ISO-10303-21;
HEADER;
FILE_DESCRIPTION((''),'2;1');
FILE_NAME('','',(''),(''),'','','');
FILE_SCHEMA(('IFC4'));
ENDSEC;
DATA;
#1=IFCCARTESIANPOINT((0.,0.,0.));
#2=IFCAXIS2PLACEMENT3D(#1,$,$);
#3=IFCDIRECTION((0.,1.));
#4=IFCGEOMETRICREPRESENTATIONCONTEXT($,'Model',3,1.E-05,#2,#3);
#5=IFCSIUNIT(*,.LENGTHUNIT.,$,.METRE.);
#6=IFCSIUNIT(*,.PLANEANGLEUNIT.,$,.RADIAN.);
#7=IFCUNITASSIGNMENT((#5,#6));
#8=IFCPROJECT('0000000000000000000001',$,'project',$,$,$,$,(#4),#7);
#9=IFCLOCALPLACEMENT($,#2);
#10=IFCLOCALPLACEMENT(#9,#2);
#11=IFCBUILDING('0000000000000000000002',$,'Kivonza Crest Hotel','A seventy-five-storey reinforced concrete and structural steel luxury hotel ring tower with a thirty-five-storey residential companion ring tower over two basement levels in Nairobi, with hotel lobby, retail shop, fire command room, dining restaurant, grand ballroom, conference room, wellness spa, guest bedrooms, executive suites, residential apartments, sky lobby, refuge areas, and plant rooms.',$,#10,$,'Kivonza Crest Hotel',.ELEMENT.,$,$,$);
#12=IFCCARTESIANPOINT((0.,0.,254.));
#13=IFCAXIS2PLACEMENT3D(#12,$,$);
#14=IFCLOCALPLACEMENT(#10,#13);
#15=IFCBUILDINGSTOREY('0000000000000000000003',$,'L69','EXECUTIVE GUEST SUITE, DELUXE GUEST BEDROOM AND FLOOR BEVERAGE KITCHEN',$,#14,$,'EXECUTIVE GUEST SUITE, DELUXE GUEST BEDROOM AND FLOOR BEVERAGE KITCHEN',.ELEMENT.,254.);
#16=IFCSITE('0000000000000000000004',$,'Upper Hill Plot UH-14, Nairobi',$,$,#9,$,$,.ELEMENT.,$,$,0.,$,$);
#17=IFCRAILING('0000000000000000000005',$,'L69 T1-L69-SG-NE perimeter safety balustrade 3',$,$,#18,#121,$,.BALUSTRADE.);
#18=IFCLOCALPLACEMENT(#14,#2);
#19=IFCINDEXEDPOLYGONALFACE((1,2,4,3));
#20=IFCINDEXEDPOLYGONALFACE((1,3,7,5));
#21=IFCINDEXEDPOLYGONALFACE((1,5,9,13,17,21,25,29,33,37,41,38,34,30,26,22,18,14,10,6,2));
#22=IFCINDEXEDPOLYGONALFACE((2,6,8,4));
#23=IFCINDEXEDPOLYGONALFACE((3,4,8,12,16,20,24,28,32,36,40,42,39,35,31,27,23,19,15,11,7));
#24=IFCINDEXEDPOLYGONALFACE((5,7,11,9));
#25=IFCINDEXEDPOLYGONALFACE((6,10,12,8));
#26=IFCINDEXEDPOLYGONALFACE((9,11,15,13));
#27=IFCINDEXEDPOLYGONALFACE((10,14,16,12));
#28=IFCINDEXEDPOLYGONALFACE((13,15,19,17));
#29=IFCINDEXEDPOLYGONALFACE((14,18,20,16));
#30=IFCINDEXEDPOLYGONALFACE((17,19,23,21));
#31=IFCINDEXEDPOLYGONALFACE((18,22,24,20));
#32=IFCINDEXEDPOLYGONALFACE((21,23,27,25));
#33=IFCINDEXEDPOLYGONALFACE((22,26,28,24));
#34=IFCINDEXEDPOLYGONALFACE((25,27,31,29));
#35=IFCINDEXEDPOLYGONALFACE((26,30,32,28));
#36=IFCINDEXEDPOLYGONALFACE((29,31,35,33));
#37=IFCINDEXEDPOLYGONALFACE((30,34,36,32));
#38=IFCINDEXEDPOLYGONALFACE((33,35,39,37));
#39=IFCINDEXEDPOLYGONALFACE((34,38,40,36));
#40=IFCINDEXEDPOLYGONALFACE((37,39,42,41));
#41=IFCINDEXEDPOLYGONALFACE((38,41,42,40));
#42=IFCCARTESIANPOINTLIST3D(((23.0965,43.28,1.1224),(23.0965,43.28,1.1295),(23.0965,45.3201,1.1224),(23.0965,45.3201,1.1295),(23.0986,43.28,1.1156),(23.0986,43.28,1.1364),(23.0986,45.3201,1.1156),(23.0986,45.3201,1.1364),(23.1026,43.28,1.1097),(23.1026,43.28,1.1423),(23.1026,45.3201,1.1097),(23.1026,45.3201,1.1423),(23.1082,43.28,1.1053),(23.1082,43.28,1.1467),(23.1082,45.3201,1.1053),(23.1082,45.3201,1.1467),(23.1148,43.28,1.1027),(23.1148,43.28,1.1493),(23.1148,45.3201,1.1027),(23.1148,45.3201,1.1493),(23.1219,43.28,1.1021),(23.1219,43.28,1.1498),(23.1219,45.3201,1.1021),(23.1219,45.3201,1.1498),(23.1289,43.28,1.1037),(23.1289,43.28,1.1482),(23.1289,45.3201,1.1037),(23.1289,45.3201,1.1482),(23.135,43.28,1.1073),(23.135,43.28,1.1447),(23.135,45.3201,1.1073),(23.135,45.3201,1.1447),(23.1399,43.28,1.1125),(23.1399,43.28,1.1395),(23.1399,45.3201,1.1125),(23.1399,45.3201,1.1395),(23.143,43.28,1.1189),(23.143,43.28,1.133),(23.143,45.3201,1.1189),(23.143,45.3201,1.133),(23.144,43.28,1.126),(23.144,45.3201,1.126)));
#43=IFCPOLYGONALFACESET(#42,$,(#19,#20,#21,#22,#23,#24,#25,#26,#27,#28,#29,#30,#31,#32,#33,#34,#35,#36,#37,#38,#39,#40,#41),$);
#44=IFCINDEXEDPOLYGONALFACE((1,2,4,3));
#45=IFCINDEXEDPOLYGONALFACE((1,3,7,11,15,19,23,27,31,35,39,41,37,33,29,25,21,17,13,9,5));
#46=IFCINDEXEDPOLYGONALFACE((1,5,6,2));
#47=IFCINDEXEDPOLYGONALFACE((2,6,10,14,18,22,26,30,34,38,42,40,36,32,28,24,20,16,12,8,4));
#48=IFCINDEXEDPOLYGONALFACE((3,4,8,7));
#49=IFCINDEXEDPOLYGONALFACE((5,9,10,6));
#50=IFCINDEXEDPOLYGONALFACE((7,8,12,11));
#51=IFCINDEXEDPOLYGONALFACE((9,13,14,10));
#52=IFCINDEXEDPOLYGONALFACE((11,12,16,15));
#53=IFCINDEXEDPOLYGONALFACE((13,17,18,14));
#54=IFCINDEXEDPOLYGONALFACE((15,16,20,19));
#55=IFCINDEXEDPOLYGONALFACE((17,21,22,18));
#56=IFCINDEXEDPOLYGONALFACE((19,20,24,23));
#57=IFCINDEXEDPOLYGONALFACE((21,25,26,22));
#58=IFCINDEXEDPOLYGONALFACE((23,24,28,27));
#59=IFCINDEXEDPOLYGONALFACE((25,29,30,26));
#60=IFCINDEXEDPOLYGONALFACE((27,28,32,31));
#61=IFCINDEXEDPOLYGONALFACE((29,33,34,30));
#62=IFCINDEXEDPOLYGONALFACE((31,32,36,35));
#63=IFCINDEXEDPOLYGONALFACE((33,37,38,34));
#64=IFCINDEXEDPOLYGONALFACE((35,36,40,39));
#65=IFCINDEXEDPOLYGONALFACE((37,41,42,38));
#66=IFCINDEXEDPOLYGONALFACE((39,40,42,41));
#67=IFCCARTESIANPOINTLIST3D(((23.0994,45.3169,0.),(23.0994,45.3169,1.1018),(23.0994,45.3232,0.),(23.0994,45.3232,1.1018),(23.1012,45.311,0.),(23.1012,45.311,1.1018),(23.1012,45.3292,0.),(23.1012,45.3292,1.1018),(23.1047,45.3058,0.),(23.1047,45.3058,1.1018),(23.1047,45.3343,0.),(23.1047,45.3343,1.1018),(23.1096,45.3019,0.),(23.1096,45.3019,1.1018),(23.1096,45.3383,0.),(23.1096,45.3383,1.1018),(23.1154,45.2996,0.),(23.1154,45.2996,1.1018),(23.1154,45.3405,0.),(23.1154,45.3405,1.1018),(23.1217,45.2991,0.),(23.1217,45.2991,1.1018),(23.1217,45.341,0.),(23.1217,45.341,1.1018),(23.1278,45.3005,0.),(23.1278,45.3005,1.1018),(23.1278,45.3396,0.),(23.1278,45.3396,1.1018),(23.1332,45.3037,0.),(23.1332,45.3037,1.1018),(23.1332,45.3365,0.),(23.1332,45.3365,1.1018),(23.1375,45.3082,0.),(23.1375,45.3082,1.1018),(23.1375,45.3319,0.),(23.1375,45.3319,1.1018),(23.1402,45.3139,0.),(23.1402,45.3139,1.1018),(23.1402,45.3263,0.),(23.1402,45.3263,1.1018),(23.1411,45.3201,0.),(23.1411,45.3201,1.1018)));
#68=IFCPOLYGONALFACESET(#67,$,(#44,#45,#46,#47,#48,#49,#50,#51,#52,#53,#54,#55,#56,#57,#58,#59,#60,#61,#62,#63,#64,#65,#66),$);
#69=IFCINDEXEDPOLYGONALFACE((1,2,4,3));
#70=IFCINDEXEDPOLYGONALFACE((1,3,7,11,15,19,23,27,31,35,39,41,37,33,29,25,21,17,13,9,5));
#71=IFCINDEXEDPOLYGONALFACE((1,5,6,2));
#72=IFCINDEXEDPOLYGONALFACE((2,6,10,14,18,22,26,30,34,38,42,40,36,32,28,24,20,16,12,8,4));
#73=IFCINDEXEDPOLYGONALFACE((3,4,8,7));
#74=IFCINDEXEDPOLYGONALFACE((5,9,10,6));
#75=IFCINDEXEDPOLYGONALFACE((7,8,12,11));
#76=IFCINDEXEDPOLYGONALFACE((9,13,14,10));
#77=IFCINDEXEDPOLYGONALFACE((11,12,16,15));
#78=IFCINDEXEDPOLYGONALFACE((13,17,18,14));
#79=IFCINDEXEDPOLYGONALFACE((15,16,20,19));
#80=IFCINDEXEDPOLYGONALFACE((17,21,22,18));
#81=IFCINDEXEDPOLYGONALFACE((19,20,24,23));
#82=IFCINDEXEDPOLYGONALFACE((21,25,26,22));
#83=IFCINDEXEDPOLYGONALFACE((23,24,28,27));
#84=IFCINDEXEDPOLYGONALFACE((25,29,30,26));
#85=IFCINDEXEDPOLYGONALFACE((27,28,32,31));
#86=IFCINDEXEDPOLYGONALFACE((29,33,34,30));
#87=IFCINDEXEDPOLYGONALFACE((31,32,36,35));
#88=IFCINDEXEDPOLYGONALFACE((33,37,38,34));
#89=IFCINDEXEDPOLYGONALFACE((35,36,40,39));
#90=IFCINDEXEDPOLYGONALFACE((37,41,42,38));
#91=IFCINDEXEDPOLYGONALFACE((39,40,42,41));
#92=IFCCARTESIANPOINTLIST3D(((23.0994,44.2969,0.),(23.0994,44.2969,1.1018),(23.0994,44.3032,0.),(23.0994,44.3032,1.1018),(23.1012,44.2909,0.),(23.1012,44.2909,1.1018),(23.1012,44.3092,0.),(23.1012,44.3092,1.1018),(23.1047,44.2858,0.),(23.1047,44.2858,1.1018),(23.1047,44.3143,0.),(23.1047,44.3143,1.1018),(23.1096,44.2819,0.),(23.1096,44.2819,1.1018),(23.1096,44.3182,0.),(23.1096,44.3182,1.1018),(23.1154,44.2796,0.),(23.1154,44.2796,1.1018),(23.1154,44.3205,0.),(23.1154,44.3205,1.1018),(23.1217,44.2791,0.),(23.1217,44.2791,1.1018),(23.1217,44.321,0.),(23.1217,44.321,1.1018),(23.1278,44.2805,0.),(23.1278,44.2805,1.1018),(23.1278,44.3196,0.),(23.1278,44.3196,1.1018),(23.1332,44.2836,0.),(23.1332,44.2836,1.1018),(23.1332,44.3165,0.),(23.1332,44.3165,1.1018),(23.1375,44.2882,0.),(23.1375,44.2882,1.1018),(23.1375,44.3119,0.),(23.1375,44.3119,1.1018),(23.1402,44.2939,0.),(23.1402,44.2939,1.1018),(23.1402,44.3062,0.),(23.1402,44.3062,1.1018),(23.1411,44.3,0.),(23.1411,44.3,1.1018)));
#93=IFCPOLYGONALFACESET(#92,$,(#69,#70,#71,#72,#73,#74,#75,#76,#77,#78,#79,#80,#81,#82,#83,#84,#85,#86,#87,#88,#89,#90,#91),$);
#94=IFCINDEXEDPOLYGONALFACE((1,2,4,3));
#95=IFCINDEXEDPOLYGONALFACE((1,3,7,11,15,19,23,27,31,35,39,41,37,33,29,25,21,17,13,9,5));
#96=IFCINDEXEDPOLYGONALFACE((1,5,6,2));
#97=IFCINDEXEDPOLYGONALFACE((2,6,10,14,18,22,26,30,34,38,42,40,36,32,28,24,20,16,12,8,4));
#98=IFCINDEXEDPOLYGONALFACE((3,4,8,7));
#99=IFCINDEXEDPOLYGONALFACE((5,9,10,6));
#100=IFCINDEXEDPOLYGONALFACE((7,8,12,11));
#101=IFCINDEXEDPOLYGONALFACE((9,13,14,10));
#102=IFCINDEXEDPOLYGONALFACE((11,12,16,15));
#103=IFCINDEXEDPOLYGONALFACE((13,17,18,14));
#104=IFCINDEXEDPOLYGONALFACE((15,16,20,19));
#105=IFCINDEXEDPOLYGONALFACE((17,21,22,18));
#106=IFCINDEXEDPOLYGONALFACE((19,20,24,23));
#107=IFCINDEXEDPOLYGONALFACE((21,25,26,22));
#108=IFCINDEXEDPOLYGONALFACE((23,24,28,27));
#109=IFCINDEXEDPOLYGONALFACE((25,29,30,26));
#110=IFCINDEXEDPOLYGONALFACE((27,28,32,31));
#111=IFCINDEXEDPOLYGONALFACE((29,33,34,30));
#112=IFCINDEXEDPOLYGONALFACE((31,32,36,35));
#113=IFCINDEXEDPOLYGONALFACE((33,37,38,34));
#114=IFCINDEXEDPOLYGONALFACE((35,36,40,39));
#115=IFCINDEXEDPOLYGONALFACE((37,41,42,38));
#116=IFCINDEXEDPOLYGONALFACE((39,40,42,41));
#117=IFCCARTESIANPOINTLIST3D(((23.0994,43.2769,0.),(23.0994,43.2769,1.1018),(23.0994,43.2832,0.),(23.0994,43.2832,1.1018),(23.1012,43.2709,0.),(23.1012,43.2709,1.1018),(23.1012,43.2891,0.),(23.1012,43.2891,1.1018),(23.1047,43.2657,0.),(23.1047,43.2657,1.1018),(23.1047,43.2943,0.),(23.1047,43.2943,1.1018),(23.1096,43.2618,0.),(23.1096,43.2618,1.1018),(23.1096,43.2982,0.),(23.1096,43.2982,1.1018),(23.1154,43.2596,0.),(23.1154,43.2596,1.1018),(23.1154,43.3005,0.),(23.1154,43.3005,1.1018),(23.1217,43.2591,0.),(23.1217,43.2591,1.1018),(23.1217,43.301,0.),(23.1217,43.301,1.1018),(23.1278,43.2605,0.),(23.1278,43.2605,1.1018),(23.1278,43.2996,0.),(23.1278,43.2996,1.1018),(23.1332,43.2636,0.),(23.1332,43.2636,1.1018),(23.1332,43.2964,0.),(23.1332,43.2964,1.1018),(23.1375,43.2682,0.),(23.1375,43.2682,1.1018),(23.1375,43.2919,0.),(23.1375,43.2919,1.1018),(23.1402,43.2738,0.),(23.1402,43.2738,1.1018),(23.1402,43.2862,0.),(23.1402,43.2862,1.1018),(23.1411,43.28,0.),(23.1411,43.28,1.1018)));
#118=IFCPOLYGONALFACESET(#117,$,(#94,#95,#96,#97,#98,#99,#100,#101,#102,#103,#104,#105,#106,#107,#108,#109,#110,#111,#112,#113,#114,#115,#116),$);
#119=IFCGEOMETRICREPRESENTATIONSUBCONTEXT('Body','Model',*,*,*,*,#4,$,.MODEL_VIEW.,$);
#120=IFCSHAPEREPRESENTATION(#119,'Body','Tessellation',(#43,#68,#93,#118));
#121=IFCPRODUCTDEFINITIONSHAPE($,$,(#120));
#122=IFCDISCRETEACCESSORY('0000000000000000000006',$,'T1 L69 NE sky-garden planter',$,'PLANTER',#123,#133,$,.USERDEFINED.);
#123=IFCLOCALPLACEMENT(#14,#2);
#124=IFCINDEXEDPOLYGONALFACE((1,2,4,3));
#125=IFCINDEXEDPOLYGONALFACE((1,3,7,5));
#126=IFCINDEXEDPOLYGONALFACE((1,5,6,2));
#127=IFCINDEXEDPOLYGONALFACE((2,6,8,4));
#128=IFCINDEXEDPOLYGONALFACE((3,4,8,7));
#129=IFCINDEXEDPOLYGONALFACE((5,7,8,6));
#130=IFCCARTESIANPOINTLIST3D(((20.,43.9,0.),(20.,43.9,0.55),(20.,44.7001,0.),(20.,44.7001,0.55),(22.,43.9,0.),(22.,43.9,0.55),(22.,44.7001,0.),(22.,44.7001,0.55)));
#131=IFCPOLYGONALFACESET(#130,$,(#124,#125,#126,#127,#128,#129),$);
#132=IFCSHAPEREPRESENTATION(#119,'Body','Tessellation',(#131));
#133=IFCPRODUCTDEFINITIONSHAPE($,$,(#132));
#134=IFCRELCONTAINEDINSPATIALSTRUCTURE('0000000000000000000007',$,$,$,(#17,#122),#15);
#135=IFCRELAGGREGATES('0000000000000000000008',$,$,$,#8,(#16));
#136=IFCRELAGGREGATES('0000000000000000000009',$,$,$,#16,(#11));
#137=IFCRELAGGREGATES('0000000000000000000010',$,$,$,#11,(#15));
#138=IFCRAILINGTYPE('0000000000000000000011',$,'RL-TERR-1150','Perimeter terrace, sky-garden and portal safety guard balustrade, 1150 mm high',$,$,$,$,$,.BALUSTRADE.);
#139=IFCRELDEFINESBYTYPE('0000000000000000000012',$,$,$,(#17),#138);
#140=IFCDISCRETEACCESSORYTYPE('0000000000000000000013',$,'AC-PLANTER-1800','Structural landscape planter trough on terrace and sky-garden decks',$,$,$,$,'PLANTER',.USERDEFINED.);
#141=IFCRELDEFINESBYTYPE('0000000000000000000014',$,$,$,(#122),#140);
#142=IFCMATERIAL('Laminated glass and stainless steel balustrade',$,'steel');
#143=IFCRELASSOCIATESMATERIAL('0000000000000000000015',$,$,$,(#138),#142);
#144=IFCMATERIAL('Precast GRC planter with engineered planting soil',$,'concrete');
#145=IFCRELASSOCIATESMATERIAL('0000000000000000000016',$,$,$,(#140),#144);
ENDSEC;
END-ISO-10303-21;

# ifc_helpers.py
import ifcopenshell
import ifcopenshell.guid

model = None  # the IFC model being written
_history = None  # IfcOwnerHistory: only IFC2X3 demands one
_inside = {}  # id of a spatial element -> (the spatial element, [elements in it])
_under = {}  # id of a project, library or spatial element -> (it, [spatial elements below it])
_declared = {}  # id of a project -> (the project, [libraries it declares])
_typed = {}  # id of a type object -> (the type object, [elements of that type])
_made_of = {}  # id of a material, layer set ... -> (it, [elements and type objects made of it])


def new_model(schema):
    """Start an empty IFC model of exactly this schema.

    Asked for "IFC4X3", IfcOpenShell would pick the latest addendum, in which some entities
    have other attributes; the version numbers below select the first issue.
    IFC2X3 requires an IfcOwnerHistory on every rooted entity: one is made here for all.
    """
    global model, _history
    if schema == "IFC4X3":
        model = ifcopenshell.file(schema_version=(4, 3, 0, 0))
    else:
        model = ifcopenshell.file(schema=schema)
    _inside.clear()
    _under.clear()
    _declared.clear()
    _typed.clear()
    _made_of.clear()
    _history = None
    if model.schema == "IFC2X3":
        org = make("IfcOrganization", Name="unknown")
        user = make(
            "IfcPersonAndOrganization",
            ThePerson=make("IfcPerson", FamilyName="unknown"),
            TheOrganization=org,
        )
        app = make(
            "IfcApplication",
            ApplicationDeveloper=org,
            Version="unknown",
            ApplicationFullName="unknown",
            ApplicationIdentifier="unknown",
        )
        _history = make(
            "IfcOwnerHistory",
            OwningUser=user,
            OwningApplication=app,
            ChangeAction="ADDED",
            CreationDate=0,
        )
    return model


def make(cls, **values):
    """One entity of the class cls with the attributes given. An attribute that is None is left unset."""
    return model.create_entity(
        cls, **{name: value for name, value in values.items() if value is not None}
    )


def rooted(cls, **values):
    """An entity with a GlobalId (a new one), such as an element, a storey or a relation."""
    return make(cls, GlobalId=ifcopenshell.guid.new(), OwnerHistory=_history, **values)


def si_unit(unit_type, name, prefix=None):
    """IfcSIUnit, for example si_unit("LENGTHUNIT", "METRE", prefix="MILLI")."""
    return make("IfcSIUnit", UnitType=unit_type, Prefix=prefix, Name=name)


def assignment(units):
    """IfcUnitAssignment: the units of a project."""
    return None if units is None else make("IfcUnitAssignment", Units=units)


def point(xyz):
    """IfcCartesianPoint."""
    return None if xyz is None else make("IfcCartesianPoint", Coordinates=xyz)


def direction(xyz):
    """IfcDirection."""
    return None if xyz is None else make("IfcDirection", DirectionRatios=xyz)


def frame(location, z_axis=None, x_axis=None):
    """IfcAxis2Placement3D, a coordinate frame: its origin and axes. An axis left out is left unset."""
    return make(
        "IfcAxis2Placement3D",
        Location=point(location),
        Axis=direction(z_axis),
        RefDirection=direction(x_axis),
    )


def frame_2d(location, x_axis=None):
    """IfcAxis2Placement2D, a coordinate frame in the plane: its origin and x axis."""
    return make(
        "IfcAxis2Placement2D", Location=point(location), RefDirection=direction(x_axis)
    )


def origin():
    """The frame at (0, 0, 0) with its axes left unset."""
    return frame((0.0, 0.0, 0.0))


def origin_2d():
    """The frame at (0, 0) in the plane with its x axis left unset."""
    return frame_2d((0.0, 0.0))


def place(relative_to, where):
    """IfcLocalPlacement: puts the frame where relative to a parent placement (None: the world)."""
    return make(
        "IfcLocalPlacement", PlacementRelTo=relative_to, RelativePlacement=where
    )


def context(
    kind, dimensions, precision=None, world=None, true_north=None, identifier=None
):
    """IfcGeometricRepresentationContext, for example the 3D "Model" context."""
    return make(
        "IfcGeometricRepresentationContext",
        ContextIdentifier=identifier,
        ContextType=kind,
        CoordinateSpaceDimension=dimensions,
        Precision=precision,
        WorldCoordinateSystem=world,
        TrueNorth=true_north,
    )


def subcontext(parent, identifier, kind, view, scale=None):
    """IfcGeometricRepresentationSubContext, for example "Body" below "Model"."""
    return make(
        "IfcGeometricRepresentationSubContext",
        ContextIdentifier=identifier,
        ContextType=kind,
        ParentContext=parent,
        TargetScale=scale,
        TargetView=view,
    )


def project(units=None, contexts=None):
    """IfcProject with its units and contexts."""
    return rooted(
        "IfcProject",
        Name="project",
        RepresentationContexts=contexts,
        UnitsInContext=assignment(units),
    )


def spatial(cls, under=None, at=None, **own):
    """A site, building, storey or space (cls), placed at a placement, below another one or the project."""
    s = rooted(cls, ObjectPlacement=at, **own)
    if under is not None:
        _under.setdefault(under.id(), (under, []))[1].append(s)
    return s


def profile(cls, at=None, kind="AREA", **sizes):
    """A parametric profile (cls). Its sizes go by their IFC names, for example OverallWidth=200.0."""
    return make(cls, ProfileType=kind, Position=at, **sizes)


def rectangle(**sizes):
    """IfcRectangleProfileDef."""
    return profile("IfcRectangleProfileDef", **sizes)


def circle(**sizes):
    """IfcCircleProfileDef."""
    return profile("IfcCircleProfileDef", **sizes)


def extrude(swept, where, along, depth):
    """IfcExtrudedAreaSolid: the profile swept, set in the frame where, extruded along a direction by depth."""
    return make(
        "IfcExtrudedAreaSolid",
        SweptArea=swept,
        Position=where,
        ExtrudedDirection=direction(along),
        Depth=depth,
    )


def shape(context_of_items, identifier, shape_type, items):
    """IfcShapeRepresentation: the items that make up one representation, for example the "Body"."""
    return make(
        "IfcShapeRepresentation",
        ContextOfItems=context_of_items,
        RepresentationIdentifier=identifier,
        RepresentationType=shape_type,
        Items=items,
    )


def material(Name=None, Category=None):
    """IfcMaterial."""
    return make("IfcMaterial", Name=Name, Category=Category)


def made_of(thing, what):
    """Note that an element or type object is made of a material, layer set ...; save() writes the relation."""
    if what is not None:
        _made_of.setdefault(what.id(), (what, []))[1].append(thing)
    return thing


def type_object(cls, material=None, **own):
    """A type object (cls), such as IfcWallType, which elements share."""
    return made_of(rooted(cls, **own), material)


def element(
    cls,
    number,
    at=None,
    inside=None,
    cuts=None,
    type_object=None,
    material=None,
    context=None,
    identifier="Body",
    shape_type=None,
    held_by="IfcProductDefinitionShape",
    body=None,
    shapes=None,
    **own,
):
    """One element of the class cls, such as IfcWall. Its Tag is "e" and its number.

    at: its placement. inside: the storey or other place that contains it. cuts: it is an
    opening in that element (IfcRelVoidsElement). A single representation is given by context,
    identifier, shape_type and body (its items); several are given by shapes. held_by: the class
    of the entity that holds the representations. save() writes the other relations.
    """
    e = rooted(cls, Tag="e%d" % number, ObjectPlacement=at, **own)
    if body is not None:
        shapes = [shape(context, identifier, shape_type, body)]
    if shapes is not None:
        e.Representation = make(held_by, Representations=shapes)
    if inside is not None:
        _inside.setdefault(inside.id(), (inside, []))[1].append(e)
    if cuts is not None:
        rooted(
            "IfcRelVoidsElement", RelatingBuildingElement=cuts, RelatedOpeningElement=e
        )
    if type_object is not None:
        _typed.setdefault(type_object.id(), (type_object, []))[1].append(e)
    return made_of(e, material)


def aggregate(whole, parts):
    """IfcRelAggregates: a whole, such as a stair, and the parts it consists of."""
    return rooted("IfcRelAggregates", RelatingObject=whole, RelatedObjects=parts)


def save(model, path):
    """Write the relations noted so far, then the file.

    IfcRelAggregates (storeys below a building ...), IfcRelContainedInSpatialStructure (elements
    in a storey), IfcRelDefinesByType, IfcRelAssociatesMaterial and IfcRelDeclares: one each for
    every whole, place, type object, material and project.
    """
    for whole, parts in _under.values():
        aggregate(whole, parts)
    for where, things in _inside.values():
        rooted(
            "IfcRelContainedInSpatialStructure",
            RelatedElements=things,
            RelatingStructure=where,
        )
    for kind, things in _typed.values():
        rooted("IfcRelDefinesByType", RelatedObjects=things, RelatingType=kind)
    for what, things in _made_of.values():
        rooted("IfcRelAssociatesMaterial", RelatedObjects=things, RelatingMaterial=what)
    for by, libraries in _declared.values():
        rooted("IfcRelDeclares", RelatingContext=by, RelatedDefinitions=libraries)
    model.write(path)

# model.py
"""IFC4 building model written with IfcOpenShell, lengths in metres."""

from ifc_helpers import new_model, si_unit, direction, frame, origin, origin_2d, place, context, subcontext, project, spatial, rectangle, circle, extrude, material, type_object, element, save


model = new_model("IFC4")

# Units and contexts
model_context = context("Model", 3, precision=1e-05, world=origin(), true_north=direction((0.0, 1.0)))
body_context = subcontext(model_context, "Body", "Model", "MODEL_VIEW")
ifc_project = project(units=[si_unit("LENGTHUNIT", "METRE"), si_unit("PLANEANGLEUNIT", "RADIAN")], contexts=[model_context])

# Site, building, storey
site_placement = place(None, origin())
site = spatial("IfcSite", under=ifc_project, at=site_placement, Name="Upper Hill Plot UH-14, Nairobi", CompositionType="ELEMENT", RefElevation=0.0)
building_placement = place(site_placement, origin())
building = spatial("IfcBuilding", under=site, at=building_placement, Name="Kivonza Crest Hotel", Description="A seventy-five-storey reinforced concrete and structural steel luxury hotel ring tower with a thirty-five-storey residential companion ring tower over two basement levels in Nairobi, with hotel lobby, retail shop, fire command room, dining restaurant, grand ballroom, conference room, wellness spa, guest bedrooms, executive suites, residential apartments, sky lobby, refuge areas, and plant rooms.", LongName="Kivonza Crest Hotel", CompositionType="ELEMENT")
storey_placement = place(building_placement, frame((0.0, 0.0, 254.0)))
storey = spatial("IfcBuildingStorey", under=building, at=storey_placement, Name="L69", Description="EXECUTIVE GUEST SUITE, DELUXE GUEST BEDROOM AND FLOOR BEVERAGE KITCHEN", LongName="EXECUTIVE GUEST SUITE, DELUXE GUEST BEDROOM AND FLOOR BEVERAGE KITCHEN", CompositionType="ELEMENT", Elevation=254.0)

# Railing
ifc_material_1 = material(Name="Laminated glass and stainless steel balustrade", Category="steel")
railing_type = type_object("IfcRailingType", Name="RL-TERR-1150", Description="Perimeter terrace, sky-garden and portal safety guard balustrade, 1150 mm high", PredefinedType="BALUSTRADE", material=ifc_material_1)
railing_1_placement = place(storey_placement, frame((23.1201, 45.3201, 0.0)))
element("IfcRailing", 1, at=railing_1_placement, inside=storey, type_object=railing_type, Name="L69 T1-L69-SG-NE perimeter safety balustrade 3", PredefinedType="BALUSTRADE", context=body_context, shape_type="SweptSolid", body=[
    extrude(circle(Radius=0.0239, at=origin_2d()), frame((0.0, 0.0, 1.126), z_axis=(0.0, -1.0, 0.0), x_axis=(1.0, 0.0, 0.0)), (0.0, 0.0, 1.0), 2.04),
    extrude(circle(Radius=0.021, at=origin_2d()), origin(), (0.0, 0.0, 1.0), 1.1018),
    extrude(circle(Radius=0.021, at=origin_2d()), frame((0.0, -1.02, 0.0)), (0.0, 0.0, 1.0), 1.1018),
    extrude(circle(Radius=0.021, at=origin_2d()), frame((0.0, -2.04, 0.0)), (0.0, 0.0, 1.0), 1.1018),
])

# Discrete accessory
ifc_material_2 = material(Name="Precast GRC planter with engineered planting soil", Category="concrete")
discrete_accessory_type = type_object("IfcDiscreteAccessoryType", Name="AC-PLANTER-1800", Description="Structural landscape planter trough on terrace and sky-garden decks", ElementType="PLANTER", PredefinedType="USERDEFINED", material=ifc_material_2)
discrete_accessory_placement = place(storey_placement, frame((21.0, 44.3, 0.0), z_axis=(0.0, 0.0, 1.0), x_axis=(1.0, 0.0, 0.0)))
element("IfcDiscreteAccessory", 2, at=discrete_accessory_placement, inside=storey, type_object=discrete_accessory_type, Name="T1 L69 NE sky-garden planter", ObjectType="PLANTER", PredefinedType="USERDEFINED", context=body_context, shape_type="SweptSolid", body=[
    extrude(rectangle(XDim=2.0, YDim=0.8, at=origin_2d()), origin(), (0.0, 0.0, 1.0), 0.55),
])

save(model, "model.ifc")
